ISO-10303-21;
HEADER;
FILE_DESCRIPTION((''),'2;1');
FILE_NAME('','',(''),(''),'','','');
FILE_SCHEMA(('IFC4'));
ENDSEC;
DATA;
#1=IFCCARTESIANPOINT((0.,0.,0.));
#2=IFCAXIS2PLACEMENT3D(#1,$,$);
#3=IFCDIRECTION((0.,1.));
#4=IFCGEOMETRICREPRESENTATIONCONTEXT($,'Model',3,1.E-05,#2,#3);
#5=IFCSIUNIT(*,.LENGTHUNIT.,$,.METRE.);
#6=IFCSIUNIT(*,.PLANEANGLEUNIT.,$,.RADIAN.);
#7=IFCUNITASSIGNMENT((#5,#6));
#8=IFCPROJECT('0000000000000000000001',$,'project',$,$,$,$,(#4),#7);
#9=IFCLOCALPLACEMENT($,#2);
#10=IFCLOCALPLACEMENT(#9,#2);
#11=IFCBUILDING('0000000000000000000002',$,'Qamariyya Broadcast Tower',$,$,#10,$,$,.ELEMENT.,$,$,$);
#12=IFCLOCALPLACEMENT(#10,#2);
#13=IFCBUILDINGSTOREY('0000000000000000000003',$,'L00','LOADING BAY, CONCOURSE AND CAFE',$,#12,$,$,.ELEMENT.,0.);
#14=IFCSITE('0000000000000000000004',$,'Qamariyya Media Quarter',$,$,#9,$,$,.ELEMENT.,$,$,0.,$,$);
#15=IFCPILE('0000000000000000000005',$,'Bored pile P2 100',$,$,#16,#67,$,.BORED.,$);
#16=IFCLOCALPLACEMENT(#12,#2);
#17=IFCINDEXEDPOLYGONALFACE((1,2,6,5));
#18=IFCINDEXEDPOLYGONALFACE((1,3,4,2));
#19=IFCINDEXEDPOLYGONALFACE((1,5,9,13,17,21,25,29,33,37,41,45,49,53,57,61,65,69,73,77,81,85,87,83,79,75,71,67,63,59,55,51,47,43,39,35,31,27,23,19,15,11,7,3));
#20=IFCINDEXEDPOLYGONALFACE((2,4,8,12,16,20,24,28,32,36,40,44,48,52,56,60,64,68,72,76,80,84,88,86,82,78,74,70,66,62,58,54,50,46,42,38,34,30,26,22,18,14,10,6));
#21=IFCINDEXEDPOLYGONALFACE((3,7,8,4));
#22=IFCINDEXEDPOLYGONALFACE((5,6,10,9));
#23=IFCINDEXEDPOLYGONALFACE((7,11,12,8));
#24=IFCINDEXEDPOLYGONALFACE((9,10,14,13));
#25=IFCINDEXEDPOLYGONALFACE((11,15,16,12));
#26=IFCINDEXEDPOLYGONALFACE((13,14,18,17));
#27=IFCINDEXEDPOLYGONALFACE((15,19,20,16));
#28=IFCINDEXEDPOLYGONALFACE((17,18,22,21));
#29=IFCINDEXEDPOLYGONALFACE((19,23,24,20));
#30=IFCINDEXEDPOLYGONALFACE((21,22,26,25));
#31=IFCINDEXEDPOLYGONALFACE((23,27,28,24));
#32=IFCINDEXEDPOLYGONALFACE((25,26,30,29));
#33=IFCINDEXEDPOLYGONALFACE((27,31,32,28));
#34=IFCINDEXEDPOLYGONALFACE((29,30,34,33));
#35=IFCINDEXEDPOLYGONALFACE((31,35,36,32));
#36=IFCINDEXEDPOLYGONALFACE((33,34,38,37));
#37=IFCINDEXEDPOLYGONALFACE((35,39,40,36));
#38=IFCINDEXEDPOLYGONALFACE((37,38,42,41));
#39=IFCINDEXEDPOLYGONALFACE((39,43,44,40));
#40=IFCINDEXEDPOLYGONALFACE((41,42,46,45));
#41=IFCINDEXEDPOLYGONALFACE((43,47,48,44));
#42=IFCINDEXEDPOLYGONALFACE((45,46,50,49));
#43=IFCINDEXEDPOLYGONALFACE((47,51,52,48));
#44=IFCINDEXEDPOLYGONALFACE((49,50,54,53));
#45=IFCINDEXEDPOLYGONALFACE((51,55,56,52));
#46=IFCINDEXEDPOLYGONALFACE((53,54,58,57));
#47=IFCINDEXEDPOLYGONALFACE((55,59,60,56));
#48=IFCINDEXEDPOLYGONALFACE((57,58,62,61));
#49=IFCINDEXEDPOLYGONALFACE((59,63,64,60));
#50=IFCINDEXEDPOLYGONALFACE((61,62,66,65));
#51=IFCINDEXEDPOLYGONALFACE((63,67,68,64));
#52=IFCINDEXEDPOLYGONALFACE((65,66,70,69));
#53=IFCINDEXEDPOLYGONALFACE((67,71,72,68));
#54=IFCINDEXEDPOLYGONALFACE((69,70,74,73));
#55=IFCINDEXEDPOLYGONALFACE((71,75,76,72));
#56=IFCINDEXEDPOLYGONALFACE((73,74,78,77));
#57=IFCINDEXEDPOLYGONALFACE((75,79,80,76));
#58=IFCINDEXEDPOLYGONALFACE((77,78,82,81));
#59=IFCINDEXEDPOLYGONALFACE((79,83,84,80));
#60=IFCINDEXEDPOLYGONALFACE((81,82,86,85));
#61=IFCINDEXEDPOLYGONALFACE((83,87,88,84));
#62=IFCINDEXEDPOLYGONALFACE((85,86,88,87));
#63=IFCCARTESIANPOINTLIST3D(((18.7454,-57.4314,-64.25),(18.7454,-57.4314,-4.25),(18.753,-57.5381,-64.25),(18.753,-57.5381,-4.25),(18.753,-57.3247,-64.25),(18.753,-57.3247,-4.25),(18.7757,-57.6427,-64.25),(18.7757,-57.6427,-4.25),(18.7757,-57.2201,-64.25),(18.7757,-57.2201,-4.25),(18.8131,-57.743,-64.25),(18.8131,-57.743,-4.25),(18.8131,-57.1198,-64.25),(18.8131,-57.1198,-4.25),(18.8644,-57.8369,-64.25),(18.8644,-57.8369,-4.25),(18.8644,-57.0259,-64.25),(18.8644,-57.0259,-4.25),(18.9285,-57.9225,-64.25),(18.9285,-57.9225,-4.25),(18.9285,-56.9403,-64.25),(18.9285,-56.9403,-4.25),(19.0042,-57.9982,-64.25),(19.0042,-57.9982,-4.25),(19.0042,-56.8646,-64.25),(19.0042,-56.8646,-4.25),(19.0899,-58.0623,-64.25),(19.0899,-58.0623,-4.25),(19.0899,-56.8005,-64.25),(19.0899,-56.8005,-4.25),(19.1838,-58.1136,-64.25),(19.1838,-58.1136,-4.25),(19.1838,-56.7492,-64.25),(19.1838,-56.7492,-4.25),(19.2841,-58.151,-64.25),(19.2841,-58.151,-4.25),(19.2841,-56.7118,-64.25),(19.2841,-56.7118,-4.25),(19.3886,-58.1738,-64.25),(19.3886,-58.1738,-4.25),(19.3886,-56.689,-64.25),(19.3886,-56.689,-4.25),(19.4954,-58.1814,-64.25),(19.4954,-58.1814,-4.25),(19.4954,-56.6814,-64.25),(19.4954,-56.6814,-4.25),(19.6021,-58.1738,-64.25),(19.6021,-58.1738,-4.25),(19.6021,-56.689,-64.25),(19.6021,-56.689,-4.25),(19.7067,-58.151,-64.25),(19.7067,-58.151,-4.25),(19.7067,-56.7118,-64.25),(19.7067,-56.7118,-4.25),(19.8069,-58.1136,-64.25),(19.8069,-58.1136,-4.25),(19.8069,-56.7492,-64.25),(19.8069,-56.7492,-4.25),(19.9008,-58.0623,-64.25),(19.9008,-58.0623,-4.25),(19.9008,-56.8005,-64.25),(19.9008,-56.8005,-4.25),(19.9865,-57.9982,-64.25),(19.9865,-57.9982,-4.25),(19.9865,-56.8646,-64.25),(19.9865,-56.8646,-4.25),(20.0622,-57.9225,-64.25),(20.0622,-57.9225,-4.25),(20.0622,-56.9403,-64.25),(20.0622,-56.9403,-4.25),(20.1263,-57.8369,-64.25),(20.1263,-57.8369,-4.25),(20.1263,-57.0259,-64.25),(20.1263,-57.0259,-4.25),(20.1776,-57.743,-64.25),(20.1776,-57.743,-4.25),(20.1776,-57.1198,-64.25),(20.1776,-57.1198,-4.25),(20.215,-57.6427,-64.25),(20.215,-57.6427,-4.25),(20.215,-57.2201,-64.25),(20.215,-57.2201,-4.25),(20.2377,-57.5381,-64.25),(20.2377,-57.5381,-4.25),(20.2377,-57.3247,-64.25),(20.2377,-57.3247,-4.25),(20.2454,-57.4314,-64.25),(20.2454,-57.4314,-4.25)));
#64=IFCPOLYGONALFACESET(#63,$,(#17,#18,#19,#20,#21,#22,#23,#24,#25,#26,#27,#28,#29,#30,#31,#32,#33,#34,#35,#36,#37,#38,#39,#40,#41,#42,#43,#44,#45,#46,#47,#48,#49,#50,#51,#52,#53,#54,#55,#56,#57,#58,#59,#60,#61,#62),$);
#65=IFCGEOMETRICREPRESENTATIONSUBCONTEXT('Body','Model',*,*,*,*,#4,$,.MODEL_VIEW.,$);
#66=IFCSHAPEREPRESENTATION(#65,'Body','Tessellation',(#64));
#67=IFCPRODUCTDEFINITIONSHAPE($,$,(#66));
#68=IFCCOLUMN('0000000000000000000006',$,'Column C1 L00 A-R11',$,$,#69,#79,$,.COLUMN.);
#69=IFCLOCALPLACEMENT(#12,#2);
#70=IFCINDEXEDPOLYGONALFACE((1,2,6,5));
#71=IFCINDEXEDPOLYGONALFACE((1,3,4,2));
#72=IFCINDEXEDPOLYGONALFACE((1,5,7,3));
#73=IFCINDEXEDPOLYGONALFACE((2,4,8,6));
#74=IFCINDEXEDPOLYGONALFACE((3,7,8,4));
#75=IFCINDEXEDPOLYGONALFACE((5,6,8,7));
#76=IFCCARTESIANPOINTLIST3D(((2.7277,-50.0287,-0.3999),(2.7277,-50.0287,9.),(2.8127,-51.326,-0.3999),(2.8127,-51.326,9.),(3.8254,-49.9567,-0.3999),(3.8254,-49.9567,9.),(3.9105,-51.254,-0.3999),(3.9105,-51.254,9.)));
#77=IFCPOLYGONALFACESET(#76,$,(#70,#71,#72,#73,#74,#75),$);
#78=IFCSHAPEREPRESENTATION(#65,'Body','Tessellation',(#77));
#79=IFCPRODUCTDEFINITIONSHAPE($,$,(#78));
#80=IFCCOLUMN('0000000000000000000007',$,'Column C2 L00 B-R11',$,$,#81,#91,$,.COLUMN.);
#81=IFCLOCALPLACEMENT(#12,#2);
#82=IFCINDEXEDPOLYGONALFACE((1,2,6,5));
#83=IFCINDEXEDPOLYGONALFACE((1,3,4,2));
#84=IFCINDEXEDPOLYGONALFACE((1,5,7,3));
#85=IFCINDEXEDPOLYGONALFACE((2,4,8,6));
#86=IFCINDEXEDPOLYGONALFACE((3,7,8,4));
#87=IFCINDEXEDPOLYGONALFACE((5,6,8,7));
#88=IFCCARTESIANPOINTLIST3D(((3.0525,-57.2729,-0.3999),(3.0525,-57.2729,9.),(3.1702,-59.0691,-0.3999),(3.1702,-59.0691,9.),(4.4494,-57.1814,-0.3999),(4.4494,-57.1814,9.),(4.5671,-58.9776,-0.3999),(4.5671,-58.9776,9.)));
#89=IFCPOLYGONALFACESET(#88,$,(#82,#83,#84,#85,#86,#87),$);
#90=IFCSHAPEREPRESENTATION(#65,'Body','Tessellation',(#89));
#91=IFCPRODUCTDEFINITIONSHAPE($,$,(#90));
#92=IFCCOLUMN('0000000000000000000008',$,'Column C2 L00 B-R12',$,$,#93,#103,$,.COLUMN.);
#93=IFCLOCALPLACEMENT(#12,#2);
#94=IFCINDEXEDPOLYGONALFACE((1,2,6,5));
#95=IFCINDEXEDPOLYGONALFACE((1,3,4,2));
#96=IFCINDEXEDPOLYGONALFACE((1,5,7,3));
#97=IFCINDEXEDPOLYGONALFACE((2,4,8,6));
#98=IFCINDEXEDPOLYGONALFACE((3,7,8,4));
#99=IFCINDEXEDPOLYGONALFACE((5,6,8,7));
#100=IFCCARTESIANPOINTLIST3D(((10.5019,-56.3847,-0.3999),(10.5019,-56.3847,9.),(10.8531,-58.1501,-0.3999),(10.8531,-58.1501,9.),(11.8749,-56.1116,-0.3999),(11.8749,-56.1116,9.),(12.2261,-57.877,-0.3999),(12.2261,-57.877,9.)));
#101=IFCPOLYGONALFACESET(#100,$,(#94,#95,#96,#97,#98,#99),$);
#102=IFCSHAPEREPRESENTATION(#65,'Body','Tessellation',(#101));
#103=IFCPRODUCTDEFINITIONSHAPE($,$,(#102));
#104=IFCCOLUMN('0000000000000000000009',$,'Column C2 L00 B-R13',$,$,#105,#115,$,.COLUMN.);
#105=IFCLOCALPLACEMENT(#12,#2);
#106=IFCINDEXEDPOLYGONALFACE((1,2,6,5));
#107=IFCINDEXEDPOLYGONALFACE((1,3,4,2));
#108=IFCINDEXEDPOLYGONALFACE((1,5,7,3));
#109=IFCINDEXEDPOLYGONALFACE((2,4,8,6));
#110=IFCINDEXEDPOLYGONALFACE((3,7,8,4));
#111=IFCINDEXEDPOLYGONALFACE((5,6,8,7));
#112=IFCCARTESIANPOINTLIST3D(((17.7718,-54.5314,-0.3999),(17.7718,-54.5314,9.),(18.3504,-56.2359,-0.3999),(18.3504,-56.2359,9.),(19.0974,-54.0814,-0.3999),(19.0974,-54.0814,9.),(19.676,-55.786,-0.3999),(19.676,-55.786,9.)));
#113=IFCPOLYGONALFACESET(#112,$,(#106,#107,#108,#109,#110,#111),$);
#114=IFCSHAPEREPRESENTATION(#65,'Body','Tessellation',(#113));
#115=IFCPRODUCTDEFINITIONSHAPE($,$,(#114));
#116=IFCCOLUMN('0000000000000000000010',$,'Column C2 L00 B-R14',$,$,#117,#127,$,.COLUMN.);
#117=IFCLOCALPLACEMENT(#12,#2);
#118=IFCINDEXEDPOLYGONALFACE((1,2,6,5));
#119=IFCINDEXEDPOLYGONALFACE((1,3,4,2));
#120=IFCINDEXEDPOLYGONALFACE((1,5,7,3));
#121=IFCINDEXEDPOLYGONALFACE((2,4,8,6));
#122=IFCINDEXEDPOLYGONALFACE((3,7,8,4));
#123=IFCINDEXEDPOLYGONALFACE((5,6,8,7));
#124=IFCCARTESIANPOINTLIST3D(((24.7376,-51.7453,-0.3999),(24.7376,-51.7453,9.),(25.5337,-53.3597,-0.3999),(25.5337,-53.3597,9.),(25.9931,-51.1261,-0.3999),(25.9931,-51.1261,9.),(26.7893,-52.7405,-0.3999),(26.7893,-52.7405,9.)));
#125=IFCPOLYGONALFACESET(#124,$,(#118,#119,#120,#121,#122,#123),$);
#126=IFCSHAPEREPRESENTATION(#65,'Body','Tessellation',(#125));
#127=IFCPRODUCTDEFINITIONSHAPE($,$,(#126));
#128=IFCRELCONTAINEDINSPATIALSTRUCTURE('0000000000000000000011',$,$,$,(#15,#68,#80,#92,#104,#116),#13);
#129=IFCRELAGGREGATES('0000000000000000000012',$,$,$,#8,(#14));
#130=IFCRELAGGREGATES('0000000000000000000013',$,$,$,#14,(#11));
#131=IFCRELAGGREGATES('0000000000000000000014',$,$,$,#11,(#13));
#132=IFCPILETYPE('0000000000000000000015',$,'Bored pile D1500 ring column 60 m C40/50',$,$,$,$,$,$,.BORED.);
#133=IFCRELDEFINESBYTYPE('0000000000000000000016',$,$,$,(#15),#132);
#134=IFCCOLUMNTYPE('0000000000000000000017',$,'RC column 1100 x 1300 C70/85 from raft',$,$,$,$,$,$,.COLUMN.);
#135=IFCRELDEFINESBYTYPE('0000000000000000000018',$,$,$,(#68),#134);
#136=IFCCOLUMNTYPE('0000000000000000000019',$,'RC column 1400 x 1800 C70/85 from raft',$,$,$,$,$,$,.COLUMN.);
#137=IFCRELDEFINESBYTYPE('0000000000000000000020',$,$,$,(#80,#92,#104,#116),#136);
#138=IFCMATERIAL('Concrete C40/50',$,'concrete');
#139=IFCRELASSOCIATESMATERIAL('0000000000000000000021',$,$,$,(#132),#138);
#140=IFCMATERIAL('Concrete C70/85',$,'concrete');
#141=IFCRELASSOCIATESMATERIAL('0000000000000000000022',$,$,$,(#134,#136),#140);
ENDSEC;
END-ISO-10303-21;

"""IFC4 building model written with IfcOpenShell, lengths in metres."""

from ifc_helpers import new_model, si_unit, direction, frame, origin, origin_2d, place, context, subcontext, project, spatial, rectangle, circle, extrude, material, material_profile, profile_set, type_object, element, save


model = new_model("IFC4")

# Units and contexts
model_context = context("Model", 3, precision=1e-05, world=origin(), true_north=direction((0.0, 1.0)))
body_context = subcontext(model_context, "Body", "Model", "MODEL_VIEW")
ifc_project = project(units=[si_unit("LENGTHUNIT", "METRE"), si_unit("PLANEANGLEUNIT", "RADIAN")], contexts=[model_context])

# Site, building, storey
site_placement = place(None, origin())
site = spatial("IfcSite", under=ifc_project, at=site_placement, Name="Qamariyya Media Quarter", CompositionType="ELEMENT", RefElevation=0.0)
building_placement = place(site_placement, origin())
building = spatial("IfcBuilding", under=site, at=building_placement, Name="Qamariyya Broadcast Tower", CompositionType="ELEMENT")
storey_placement = place(building_placement, origin())
storey = spatial("IfcBuildingStorey", under=building, at=storey_placement, Name="L00", Description="LOADING BAY, CONCOURSE AND CAFE", CompositionType="ELEMENT", Elevation=0.0)

# Pile
ifc_material_1 = material(Name="Concrete C40/50", Category="concrete")
ifc_material_profile_1 = material_profile(ifc_material_1, circle(Radius=0.75, at=origin_2d()))
ifc_profile_set_1 = profile_set([ifc_material_profile_1], Name="Concrete C40/50")
pile_type_1 = type_object("IfcPileType", Name="Bored pile D1500 ring column 60 m C40/50", PredefinedType="BORED", material=ifc_profile_set_1)
for number, where, z_axis, x_axis, name in (
    (1, (19.4954, -57.4314, -4.25), (0.0, 0.0, -1.0), (1.0, 0.0, 0.0), "Bored pile P2 100"),
):
    element("IfcPile", number, at=place(storey_placement, frame(where, z_axis=z_axis, x_axis=x_axis)), inside=storey, type_object=pile_type_1, Name=name, PredefinedType="BORED", context=body_context, shape_type="SweptSolid", body=[
        extrude(circle(Radius=0.75, at=origin_2d()), origin(), (0.0, 0.0, 1.0), 60.0),
    ])

# Columns
ifc_material_2 = material(Name="Concrete C70/85", Category="concrete")
ifc_material_profile_2 = material_profile(ifc_material_2, rectangle(XDim=1.1001, YDim=1.3, at=origin_2d()))
ifc_profile_set_2 = profile_set([ifc_material_profile_2], Name="Concrete C70/85")
column_type_1 = type_object("IfcColumnType", Name="RC column 1100 x 1300 C70/85 from raft", PredefinedType="COLUMN", material=ifc_profile_set_2)
column_placement = place(storey_placement, frame((3.3191, -50.6414, -0.3999), z_axis=(0.0, 0.0, 1.0), x_axis=(0.997859, 0.065403, 0.0)))
element("IfcColumn", 2, at=column_placement, inside=storey, type_object=column_type_1, Name="Column C1 L00 A-R11", PredefinedType="COLUMN", context=body_context, shape_type="SweptSolid", body=[
    extrude(rectangle(XDim=1.1001, YDim=1.3, at=origin_2d()), origin(), (0.0, 0.0, 1.0), 9.3999),
])
ifc_material_profile_3 = material_profile(ifc_material_2, rectangle(XDim=1.3999, YDim=1.8, at=origin_2d()))
ifc_profile_set_3 = profile_set([ifc_material_profile_3], Name="Concrete C70/85")
column_type_2 = type_object("IfcColumnType", Name="RC column 1400 x 1800 C70/85 from raft", PredefinedType="COLUMN", material=ifc_profile_set_3)
for number, where, z_axis, x_axis, name in (
    (3, (3.8098, -58.1252, -0.3999), (0.0, 0.0, 1.0), (0.997859, 0.065403, 0.0), "Column C2 L00 B-R11"),
    (4, (11.364, -57.1309, -0.3999), (0.0, 0.0, 1.0), (0.980785, 0.19509, 0.0), "Column C2 L00 B-R12"),
    (5, (18.7239, -55.1587, -0.3999), (0.0, 0.0, 1.0), (0.94693, 0.321439, 0.0), "Column C2 L00 B-R13"),
    (6, (25.7634, -52.2429, -0.3999), (0.0, 0.0, 1.0), (0.896873, 0.442289, 0.0), "Column C2 L00 B-R14"),
):
    element("IfcColumn", number, at=place(storey_placement, frame(where, z_axis=z_axis, x_axis=x_axis)), inside=storey, type_object=column_type_2, Name=name, PredefinedType="COLUMN", context=body_context, shape_type="SweptSolid", body=[
        extrude(rectangle(XDim=1.3999, YDim=1.8, at=origin_2d()), origin(), (0.0, 0.0, 1.0), 9.3999),
    ])

save(model, "model.ifc")
